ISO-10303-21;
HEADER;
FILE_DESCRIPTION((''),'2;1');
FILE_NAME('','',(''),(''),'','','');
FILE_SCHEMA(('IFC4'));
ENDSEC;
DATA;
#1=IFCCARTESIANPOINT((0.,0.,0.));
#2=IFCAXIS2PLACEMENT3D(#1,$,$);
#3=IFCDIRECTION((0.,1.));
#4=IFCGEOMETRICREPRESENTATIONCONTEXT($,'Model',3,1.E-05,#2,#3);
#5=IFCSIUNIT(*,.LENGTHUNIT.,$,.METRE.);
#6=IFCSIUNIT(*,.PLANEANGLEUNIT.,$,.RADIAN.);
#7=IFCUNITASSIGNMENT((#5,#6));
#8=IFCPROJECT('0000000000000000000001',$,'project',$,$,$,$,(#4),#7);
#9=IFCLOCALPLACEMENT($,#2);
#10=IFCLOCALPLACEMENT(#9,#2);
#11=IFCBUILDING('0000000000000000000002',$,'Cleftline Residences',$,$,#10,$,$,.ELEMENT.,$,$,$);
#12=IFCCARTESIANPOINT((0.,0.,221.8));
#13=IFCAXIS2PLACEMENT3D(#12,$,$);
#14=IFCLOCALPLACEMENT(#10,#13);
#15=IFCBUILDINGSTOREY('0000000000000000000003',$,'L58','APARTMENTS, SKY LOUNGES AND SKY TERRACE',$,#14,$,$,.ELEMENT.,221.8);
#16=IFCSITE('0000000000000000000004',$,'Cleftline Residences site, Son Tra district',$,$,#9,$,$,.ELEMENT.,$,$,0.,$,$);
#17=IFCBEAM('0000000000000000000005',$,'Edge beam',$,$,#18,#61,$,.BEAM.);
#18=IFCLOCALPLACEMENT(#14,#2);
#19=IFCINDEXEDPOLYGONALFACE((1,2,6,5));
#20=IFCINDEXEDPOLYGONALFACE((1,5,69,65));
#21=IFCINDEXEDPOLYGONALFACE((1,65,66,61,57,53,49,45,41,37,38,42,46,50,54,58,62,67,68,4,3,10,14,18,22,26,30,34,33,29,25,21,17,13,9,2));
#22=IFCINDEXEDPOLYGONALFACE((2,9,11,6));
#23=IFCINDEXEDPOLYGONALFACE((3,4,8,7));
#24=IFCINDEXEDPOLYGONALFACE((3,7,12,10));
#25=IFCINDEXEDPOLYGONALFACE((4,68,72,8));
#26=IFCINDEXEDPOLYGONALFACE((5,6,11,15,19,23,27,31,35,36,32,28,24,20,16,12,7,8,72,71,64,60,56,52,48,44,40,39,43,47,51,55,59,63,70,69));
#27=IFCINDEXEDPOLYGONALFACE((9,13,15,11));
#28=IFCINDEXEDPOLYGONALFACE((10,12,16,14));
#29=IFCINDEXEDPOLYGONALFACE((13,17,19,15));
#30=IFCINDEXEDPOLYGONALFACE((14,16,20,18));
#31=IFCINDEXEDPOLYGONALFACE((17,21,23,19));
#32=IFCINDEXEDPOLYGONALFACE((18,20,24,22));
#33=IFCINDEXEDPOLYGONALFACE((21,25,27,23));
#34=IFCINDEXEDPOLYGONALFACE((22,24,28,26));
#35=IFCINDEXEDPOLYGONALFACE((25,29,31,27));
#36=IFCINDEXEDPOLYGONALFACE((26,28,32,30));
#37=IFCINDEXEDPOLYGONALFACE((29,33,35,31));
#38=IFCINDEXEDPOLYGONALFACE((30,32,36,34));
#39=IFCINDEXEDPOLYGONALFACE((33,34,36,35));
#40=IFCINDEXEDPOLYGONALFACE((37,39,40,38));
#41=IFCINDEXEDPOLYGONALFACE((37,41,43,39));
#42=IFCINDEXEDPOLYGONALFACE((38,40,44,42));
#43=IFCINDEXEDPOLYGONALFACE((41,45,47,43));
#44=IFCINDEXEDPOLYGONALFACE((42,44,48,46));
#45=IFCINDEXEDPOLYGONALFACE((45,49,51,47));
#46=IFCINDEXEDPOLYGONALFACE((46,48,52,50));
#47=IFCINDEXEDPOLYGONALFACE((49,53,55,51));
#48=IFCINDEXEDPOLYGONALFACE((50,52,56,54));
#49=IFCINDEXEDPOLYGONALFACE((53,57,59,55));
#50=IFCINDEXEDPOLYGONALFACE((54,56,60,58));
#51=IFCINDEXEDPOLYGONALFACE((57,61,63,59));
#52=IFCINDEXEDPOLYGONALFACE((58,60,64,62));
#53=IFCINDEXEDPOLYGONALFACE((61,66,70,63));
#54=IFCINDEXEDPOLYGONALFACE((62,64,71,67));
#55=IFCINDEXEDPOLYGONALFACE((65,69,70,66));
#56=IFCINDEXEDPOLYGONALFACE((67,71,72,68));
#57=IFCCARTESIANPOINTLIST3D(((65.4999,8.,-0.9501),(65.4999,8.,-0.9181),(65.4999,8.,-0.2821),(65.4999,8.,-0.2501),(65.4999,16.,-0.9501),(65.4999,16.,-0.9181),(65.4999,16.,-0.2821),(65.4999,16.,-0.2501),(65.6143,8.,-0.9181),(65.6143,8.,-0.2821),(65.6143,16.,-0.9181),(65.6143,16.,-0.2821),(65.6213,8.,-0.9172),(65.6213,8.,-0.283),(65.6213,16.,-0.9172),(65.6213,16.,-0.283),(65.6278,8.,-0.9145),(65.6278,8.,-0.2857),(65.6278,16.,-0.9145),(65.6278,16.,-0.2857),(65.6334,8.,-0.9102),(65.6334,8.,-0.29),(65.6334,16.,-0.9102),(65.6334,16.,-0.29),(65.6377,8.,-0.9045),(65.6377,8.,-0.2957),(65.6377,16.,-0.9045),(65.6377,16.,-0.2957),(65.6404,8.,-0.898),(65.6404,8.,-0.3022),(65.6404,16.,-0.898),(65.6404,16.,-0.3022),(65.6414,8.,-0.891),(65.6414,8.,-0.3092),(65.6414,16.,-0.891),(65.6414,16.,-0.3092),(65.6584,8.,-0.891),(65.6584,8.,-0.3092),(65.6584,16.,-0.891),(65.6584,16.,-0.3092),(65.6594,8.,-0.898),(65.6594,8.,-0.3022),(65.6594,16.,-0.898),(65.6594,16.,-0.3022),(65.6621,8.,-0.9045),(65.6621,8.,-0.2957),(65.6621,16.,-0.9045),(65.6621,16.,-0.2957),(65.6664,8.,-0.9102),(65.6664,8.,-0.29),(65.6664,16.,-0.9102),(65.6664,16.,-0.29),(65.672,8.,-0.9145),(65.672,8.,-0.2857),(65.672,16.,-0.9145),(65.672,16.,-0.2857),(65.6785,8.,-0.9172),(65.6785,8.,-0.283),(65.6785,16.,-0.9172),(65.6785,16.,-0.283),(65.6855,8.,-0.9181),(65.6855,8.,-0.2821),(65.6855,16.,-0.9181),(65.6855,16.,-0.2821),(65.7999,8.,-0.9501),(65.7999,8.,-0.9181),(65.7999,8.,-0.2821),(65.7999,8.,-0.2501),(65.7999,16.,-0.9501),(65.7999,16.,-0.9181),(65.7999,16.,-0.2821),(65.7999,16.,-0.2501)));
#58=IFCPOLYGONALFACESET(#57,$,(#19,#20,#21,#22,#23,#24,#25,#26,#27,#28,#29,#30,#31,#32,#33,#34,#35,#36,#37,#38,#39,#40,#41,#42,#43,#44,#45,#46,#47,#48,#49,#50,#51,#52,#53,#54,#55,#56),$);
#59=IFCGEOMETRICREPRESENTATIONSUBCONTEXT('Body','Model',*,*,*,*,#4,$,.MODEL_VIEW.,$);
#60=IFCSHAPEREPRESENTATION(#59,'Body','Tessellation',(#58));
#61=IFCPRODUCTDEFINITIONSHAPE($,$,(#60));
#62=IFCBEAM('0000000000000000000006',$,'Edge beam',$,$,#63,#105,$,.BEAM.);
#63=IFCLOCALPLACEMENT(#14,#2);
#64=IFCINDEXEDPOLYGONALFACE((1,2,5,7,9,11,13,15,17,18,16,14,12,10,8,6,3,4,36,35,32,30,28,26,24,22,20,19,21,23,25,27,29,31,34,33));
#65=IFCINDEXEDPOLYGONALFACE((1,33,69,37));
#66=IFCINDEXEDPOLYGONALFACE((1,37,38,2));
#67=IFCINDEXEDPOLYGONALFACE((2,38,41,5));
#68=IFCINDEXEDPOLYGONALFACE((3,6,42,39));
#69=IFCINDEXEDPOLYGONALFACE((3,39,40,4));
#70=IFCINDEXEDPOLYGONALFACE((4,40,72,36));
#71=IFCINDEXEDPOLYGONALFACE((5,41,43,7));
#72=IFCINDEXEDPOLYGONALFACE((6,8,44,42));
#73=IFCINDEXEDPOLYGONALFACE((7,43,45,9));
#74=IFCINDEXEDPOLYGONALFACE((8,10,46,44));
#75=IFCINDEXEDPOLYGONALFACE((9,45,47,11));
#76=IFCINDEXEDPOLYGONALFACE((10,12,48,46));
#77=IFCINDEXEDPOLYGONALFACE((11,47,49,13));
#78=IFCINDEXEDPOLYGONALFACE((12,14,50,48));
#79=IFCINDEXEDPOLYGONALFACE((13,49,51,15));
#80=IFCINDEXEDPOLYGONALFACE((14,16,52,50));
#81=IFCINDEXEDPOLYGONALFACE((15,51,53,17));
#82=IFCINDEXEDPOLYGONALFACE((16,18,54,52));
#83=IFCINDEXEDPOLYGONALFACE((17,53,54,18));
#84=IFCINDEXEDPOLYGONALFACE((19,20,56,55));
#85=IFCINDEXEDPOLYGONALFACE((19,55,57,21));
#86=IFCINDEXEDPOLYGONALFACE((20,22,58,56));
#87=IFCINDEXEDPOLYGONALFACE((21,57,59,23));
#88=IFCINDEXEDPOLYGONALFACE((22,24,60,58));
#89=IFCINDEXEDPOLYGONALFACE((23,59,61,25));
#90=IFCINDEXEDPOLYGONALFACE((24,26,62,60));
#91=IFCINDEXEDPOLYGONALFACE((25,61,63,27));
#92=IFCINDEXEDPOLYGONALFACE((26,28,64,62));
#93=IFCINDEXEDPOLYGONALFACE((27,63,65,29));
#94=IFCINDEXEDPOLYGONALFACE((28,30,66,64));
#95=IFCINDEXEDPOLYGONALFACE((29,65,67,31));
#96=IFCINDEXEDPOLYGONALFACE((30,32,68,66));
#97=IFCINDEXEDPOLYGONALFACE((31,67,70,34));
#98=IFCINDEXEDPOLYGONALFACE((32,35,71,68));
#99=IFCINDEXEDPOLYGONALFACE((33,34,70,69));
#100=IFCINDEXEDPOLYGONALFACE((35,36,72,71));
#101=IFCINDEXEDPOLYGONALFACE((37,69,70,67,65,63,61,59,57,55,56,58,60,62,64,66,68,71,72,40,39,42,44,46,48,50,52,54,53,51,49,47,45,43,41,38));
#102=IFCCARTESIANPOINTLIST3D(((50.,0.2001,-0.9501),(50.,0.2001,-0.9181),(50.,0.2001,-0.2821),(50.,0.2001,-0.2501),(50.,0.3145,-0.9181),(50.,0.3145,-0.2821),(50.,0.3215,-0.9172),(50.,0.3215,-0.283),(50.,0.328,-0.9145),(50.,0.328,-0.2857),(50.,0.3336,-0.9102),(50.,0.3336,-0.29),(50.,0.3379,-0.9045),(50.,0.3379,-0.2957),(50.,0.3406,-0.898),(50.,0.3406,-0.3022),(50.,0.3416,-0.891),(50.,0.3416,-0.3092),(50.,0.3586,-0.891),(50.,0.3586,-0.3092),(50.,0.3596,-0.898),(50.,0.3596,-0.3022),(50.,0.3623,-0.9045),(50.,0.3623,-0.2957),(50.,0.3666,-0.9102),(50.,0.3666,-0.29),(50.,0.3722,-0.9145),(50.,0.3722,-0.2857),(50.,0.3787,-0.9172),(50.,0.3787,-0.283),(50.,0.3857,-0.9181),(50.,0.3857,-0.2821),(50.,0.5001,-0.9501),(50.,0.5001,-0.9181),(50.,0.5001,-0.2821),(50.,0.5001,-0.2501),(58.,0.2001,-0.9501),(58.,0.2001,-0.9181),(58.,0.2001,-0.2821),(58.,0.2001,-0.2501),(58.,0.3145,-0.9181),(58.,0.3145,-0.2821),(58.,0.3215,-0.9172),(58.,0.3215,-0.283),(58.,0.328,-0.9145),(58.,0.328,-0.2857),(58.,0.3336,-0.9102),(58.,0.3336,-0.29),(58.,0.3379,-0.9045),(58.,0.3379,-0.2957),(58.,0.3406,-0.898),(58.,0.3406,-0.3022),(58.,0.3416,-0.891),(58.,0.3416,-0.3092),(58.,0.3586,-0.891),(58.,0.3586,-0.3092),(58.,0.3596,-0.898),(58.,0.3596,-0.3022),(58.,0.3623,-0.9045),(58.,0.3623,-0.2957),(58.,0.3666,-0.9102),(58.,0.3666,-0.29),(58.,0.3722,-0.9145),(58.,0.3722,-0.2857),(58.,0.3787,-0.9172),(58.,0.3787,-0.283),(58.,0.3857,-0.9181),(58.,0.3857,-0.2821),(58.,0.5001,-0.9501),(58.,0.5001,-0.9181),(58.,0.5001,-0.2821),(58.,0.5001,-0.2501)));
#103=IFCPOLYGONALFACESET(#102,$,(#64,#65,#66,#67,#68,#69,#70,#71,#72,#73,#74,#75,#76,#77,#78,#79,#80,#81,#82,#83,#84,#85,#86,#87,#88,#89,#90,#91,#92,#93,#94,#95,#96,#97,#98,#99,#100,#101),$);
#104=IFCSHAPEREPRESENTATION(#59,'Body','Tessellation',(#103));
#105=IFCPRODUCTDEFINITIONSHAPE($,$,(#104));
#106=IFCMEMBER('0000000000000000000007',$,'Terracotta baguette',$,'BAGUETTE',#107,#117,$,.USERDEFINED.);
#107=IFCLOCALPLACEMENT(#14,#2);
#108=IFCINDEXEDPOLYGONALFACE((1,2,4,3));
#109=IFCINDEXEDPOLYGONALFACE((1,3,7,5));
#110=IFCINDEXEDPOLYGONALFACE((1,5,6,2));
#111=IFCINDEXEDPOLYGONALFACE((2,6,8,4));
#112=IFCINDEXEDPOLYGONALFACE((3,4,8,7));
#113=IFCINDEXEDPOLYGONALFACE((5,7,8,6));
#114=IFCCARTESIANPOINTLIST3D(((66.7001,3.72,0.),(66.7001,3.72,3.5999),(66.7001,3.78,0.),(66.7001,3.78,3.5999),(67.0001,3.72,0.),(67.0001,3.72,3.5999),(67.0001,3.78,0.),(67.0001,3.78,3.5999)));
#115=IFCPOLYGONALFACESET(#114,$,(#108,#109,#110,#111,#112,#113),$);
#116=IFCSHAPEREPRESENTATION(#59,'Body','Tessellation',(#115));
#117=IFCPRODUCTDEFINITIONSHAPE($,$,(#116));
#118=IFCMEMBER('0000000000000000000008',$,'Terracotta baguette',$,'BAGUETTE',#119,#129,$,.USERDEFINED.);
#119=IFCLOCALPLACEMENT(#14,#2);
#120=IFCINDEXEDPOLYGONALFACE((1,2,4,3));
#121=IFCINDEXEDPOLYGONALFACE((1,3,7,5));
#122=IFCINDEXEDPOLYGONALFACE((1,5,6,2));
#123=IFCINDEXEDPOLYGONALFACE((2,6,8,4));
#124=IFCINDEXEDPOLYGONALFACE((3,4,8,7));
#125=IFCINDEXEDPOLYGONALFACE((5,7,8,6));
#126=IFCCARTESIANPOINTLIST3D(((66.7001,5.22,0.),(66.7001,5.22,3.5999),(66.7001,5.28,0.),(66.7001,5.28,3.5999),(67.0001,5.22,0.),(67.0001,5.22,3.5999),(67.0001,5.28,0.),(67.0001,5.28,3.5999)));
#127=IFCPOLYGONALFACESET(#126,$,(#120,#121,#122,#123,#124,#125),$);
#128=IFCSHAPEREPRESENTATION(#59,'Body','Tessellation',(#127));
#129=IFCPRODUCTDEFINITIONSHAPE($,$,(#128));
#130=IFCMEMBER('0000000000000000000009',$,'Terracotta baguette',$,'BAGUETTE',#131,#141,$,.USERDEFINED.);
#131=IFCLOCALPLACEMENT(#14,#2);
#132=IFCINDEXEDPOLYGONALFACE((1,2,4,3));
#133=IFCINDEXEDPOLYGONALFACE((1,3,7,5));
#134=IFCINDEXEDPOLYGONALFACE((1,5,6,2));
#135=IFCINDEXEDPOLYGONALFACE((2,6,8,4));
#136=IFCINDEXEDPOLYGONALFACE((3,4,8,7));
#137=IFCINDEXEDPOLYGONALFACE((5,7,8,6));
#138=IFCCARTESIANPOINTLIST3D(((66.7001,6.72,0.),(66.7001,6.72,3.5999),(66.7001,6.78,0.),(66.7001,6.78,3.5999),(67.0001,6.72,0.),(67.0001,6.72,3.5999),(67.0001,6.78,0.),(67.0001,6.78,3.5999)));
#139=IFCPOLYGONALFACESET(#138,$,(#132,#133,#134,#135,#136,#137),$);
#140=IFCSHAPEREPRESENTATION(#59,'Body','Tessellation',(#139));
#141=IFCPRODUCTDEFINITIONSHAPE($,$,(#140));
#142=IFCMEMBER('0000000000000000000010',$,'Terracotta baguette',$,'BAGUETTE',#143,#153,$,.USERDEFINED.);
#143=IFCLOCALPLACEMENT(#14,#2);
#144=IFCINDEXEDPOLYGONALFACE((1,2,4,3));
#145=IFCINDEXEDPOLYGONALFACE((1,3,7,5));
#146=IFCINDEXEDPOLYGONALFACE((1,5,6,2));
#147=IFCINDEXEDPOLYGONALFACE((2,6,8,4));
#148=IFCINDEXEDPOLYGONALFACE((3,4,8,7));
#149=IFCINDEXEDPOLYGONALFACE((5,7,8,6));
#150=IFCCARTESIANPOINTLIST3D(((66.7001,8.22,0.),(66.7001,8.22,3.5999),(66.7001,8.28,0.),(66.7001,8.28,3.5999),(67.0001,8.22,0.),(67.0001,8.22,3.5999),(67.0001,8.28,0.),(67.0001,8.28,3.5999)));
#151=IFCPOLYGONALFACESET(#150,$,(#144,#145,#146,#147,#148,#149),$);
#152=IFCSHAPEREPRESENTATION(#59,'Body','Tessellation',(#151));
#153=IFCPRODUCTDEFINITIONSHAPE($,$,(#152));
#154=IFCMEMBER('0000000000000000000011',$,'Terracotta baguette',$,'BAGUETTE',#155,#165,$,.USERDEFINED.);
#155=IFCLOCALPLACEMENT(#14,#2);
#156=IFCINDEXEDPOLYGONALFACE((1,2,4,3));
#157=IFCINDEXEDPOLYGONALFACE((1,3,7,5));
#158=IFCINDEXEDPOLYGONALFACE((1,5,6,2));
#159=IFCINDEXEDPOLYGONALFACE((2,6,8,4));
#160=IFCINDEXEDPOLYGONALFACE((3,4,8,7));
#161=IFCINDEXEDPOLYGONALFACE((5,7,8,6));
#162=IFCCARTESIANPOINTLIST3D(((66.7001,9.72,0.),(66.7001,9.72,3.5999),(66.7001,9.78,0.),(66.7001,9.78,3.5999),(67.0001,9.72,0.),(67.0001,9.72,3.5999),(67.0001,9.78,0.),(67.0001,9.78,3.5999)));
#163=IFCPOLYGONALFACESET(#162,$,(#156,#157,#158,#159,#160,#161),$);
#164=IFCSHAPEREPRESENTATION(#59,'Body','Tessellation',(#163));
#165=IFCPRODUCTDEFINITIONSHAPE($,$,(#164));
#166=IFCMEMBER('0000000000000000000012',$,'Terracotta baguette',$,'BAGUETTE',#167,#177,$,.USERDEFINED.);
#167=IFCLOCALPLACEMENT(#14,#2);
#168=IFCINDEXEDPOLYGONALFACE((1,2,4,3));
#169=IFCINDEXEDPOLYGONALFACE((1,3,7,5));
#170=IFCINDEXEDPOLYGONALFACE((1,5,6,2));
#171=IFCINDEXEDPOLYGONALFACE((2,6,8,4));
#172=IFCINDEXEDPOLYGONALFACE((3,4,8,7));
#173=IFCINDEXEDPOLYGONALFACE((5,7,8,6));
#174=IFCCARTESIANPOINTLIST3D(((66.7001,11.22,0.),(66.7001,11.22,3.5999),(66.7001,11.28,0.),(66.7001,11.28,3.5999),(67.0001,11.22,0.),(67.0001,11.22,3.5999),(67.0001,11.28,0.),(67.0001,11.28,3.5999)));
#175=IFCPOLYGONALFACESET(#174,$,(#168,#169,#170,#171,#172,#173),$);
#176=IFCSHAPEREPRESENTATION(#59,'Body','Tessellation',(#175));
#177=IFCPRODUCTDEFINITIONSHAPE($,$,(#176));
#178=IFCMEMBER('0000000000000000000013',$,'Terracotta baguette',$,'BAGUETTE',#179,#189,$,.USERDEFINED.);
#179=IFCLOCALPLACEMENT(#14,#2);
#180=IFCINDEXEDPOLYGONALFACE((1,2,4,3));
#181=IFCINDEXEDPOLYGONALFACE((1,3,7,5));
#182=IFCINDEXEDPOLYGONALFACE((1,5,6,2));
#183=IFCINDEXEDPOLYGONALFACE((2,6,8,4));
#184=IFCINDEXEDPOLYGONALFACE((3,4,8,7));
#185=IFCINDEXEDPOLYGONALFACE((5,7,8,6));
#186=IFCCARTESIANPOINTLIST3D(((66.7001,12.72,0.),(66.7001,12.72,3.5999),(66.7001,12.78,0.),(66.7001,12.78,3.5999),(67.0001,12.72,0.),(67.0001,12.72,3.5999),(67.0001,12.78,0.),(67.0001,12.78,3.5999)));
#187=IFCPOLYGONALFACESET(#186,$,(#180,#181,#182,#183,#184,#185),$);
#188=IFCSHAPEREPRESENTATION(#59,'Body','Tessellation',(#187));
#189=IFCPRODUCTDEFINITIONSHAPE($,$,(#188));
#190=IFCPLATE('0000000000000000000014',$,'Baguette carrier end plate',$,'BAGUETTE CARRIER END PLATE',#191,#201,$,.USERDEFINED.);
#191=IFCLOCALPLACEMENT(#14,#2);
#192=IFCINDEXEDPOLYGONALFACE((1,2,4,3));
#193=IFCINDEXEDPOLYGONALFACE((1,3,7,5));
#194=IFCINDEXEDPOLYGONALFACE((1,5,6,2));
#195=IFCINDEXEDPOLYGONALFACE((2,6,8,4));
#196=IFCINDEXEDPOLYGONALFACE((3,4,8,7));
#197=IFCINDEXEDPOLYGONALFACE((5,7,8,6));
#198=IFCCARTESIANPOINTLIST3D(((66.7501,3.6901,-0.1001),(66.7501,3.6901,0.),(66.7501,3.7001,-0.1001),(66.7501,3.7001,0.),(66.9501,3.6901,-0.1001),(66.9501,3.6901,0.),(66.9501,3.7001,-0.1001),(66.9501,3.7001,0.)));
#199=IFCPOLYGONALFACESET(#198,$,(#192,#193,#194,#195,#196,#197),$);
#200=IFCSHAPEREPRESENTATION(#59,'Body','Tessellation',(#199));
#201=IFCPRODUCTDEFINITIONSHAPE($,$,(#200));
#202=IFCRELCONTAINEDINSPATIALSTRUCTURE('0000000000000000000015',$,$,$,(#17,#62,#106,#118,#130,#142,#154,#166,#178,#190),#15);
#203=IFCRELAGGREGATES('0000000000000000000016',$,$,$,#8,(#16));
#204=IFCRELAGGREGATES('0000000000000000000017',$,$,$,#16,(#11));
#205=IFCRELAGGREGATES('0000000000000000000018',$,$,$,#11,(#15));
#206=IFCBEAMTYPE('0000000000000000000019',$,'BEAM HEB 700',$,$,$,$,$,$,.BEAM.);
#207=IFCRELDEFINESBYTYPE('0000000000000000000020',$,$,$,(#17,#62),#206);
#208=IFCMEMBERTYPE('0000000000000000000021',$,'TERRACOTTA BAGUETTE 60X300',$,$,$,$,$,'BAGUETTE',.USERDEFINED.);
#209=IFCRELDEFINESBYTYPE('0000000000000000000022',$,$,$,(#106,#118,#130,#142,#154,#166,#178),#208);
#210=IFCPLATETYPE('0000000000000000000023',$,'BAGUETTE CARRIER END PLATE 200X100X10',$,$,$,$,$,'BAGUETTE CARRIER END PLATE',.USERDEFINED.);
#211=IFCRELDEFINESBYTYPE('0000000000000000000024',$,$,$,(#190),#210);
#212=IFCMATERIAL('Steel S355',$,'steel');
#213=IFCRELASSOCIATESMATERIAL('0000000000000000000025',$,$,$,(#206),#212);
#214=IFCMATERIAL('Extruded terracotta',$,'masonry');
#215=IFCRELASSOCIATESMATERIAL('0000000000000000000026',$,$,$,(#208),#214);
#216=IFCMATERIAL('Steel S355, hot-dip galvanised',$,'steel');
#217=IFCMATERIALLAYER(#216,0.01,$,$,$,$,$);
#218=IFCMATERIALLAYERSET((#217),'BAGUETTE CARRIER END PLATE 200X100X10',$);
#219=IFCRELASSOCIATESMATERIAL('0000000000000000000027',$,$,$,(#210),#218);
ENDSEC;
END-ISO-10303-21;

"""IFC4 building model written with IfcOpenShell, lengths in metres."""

from ifc_helpers import new_model, si_unit, direction, frame, origin, origin_2d, place, context, subcontext, project, spatial, rectangle, i_section, extrude, material, layer, layer_set, material_profile, profile_set, type_object, element, save


model = new_model("IFC4")

# Units and contexts
model_context = context("Model", 3, precision=1e-05, world=origin(), true_north=direction((0.0, 1.0)))
body_context = subcontext(model_context, "Body", "Model", "MODEL_VIEW")
ifc_project = project(units=[si_unit("LENGTHUNIT", "METRE"), si_unit("PLANEANGLEUNIT", "RADIAN")], contexts=[model_context])

# Site, building, storey
site_placement = place(None, origin())
site = spatial("IfcSite", under=ifc_project, at=site_placement, Name="Cleftline Residences site, Son Tra district", CompositionType="ELEMENT", RefElevation=0.0)
building_placement = place(site_placement, origin())
building = spatial("IfcBuilding", under=site, at=building_placement, Name="Cleftline Residences", CompositionType="ELEMENT")
storey_placement = place(building_placement, frame((0.0, 0.0, 221.8)))
storey = spatial("IfcBuildingStorey", under=building, at=storey_placement, Name="L58", Description="APARTMENTS, SKY LOUNGES AND SKY TERRACE", CompositionType="ELEMENT", Elevation=221.8)

# Beams
ifc_material_1 = material(Name="Steel S355", Category="steel")
ifc_material_profile_1 = material_profile(ifc_material_1, i_section(OverallWidth=0.3, OverallDepth=0.7, WebThickness=0.0171, FlangeThickness=0.032, FilletRadius=0.0271, at=origin_2d()))
ifc_profile_set_1 = profile_set([ifc_material_profile_1], Name="Steel S355")
beam_type = type_object("IfcBeamType", Name="BEAM HEB 700", PredefinedType="BEAM", material=ifc_profile_set_1)
for number, where, z_axis, x_axis, name in (
    (1, (65.6499, 8.0, -0.6001), (0.0, 1.0, 0.0), (-1.0, 0.0, 0.0), "Edge beam"),
    (2, (58.0, 0.3501, -0.6001), (-1.0, 0.0, 0.0), (0.0, -1.0, 0.0), "Edge beam"),
):
    element("IfcBeam", number, at=place(storey_placement, frame(where, z_axis=z_axis, x_axis=x_axis)), inside=storey, type_object=beam_type, Name=name, PredefinedType="BEAM", context=body_context, shape_type="SweptSolid", body=[
        extrude(i_section(OverallWidth=0.3, OverallDepth=0.7, WebThickness=0.0171, FlangeThickness=0.032, FilletRadius=0.0271, at=origin_2d()), origin(), (0.0, 0.0, 1.0), 8.0),
    ])

# Members
ifc_material_2 = material(Name="Extruded terracotta", Category="masonry")
ifc_material_profile_2 = material_profile(ifc_material_2, rectangle(XDim=0.0601, YDim=0.3, at=origin_2d()))
ifc_profile_set_2 = profile_set([ifc_material_profile_2], Name="Extruded terracotta")
member_type_1 = type_object("IfcMemberType", Name="TERRACOTTA BAGUETTE 60X300", ElementType="BAGUETTE", PredefinedType="USERDEFINED", material=ifc_profile_set_2)
for number, where, z_axis, x_axis, name in (
    (3, (66.8501, 3.75, 0.0), (0.0, 0.0, 1.0), (0.0, 1.0, 0.0), "Terracotta baguette"),
    (4, (66.8501, 5.25, 0.0), (0.0, 0.0, 1.0), (0.0, 1.0, 0.0), "Terracotta baguette"),
    (5, (66.8501, 6.75, 0.0), (0.0, 0.0, 1.0), (0.0, 1.0, 0.0), "Terracotta baguette"),
    (6, (66.8501, 8.25, 0.0), (0.0, 0.0, 1.0), (0.0, 1.0, 0.0), "Terracotta baguette"),
    (7, (66.8501, 9.75, 0.0), (0.0, 0.0, 1.0), (0.0, 1.0, 0.0), "Terracotta baguette"),
    (8, (66.8501, 11.25, 0.0), (0.0, 0.0, 1.0), (0.0, 1.0, 0.0), "Terracotta baguette"),
    (9, (66.8501, 12.75, 0.0), (0.0, 0.0, 1.0), (0.0, 1.0, 0.0), "Terracotta baguette"),
):
    element("IfcMember", number, at=place(storey_placement, frame(where, z_axis=z_axis, x_axis=x_axis)), inside=storey, type_object=member_type_1, Name=name, ObjectType="BAGUETTE", PredefinedType="USERDEFINED", context=body_context, shape_type="SweptSolid", body=[
        extrude(rectangle(XDim=0.0601, YDim=0.3, at=origin_2d()), origin(), (0.0, 0.0, 1.0), 3.5999),
    ])

# Plate
ifc_material_3 = material(Name="Steel S355, hot-dip galvanised", Category="steel")
ifc_layer_1 = layer(ifc_material_3, 0.01)
ifc_layer_set_1 = layer_set([ifc_layer_1], Name="BAGUETTE CARRIER END PLATE 200X100X10")
plate_type = type_object("IfcPlateType", Name="BAGUETTE CARRIER END PLATE 200X100X10", ElementType="BAGUETTE CARRIER END PLATE", PredefinedType="USERDEFINED", material=ifc_layer_set_1)
plate_placement = place(storey_placement, frame((66.8501, 3.6951, -0.1001), z_axis=(0.0, 0.0, 1.0), x_axis=(1.0, 0.0, 0.0)))
element("IfcPlate", 10, at=plate_placement, inside=storey, type_object=plate_type, Name="Baguette carrier end plate", ObjectType="BAGUETTE CARRIER END PLATE", PredefinedType="USERDEFINED", context=body_context, shape_type="SweptSolid", body=[
    extrude(rectangle(XDim=0.2, YDim=0.01, at=origin_2d()), origin(), (0.0, 0.0, 1.0), 0.1001),
])

save(model, "model.ifc")
